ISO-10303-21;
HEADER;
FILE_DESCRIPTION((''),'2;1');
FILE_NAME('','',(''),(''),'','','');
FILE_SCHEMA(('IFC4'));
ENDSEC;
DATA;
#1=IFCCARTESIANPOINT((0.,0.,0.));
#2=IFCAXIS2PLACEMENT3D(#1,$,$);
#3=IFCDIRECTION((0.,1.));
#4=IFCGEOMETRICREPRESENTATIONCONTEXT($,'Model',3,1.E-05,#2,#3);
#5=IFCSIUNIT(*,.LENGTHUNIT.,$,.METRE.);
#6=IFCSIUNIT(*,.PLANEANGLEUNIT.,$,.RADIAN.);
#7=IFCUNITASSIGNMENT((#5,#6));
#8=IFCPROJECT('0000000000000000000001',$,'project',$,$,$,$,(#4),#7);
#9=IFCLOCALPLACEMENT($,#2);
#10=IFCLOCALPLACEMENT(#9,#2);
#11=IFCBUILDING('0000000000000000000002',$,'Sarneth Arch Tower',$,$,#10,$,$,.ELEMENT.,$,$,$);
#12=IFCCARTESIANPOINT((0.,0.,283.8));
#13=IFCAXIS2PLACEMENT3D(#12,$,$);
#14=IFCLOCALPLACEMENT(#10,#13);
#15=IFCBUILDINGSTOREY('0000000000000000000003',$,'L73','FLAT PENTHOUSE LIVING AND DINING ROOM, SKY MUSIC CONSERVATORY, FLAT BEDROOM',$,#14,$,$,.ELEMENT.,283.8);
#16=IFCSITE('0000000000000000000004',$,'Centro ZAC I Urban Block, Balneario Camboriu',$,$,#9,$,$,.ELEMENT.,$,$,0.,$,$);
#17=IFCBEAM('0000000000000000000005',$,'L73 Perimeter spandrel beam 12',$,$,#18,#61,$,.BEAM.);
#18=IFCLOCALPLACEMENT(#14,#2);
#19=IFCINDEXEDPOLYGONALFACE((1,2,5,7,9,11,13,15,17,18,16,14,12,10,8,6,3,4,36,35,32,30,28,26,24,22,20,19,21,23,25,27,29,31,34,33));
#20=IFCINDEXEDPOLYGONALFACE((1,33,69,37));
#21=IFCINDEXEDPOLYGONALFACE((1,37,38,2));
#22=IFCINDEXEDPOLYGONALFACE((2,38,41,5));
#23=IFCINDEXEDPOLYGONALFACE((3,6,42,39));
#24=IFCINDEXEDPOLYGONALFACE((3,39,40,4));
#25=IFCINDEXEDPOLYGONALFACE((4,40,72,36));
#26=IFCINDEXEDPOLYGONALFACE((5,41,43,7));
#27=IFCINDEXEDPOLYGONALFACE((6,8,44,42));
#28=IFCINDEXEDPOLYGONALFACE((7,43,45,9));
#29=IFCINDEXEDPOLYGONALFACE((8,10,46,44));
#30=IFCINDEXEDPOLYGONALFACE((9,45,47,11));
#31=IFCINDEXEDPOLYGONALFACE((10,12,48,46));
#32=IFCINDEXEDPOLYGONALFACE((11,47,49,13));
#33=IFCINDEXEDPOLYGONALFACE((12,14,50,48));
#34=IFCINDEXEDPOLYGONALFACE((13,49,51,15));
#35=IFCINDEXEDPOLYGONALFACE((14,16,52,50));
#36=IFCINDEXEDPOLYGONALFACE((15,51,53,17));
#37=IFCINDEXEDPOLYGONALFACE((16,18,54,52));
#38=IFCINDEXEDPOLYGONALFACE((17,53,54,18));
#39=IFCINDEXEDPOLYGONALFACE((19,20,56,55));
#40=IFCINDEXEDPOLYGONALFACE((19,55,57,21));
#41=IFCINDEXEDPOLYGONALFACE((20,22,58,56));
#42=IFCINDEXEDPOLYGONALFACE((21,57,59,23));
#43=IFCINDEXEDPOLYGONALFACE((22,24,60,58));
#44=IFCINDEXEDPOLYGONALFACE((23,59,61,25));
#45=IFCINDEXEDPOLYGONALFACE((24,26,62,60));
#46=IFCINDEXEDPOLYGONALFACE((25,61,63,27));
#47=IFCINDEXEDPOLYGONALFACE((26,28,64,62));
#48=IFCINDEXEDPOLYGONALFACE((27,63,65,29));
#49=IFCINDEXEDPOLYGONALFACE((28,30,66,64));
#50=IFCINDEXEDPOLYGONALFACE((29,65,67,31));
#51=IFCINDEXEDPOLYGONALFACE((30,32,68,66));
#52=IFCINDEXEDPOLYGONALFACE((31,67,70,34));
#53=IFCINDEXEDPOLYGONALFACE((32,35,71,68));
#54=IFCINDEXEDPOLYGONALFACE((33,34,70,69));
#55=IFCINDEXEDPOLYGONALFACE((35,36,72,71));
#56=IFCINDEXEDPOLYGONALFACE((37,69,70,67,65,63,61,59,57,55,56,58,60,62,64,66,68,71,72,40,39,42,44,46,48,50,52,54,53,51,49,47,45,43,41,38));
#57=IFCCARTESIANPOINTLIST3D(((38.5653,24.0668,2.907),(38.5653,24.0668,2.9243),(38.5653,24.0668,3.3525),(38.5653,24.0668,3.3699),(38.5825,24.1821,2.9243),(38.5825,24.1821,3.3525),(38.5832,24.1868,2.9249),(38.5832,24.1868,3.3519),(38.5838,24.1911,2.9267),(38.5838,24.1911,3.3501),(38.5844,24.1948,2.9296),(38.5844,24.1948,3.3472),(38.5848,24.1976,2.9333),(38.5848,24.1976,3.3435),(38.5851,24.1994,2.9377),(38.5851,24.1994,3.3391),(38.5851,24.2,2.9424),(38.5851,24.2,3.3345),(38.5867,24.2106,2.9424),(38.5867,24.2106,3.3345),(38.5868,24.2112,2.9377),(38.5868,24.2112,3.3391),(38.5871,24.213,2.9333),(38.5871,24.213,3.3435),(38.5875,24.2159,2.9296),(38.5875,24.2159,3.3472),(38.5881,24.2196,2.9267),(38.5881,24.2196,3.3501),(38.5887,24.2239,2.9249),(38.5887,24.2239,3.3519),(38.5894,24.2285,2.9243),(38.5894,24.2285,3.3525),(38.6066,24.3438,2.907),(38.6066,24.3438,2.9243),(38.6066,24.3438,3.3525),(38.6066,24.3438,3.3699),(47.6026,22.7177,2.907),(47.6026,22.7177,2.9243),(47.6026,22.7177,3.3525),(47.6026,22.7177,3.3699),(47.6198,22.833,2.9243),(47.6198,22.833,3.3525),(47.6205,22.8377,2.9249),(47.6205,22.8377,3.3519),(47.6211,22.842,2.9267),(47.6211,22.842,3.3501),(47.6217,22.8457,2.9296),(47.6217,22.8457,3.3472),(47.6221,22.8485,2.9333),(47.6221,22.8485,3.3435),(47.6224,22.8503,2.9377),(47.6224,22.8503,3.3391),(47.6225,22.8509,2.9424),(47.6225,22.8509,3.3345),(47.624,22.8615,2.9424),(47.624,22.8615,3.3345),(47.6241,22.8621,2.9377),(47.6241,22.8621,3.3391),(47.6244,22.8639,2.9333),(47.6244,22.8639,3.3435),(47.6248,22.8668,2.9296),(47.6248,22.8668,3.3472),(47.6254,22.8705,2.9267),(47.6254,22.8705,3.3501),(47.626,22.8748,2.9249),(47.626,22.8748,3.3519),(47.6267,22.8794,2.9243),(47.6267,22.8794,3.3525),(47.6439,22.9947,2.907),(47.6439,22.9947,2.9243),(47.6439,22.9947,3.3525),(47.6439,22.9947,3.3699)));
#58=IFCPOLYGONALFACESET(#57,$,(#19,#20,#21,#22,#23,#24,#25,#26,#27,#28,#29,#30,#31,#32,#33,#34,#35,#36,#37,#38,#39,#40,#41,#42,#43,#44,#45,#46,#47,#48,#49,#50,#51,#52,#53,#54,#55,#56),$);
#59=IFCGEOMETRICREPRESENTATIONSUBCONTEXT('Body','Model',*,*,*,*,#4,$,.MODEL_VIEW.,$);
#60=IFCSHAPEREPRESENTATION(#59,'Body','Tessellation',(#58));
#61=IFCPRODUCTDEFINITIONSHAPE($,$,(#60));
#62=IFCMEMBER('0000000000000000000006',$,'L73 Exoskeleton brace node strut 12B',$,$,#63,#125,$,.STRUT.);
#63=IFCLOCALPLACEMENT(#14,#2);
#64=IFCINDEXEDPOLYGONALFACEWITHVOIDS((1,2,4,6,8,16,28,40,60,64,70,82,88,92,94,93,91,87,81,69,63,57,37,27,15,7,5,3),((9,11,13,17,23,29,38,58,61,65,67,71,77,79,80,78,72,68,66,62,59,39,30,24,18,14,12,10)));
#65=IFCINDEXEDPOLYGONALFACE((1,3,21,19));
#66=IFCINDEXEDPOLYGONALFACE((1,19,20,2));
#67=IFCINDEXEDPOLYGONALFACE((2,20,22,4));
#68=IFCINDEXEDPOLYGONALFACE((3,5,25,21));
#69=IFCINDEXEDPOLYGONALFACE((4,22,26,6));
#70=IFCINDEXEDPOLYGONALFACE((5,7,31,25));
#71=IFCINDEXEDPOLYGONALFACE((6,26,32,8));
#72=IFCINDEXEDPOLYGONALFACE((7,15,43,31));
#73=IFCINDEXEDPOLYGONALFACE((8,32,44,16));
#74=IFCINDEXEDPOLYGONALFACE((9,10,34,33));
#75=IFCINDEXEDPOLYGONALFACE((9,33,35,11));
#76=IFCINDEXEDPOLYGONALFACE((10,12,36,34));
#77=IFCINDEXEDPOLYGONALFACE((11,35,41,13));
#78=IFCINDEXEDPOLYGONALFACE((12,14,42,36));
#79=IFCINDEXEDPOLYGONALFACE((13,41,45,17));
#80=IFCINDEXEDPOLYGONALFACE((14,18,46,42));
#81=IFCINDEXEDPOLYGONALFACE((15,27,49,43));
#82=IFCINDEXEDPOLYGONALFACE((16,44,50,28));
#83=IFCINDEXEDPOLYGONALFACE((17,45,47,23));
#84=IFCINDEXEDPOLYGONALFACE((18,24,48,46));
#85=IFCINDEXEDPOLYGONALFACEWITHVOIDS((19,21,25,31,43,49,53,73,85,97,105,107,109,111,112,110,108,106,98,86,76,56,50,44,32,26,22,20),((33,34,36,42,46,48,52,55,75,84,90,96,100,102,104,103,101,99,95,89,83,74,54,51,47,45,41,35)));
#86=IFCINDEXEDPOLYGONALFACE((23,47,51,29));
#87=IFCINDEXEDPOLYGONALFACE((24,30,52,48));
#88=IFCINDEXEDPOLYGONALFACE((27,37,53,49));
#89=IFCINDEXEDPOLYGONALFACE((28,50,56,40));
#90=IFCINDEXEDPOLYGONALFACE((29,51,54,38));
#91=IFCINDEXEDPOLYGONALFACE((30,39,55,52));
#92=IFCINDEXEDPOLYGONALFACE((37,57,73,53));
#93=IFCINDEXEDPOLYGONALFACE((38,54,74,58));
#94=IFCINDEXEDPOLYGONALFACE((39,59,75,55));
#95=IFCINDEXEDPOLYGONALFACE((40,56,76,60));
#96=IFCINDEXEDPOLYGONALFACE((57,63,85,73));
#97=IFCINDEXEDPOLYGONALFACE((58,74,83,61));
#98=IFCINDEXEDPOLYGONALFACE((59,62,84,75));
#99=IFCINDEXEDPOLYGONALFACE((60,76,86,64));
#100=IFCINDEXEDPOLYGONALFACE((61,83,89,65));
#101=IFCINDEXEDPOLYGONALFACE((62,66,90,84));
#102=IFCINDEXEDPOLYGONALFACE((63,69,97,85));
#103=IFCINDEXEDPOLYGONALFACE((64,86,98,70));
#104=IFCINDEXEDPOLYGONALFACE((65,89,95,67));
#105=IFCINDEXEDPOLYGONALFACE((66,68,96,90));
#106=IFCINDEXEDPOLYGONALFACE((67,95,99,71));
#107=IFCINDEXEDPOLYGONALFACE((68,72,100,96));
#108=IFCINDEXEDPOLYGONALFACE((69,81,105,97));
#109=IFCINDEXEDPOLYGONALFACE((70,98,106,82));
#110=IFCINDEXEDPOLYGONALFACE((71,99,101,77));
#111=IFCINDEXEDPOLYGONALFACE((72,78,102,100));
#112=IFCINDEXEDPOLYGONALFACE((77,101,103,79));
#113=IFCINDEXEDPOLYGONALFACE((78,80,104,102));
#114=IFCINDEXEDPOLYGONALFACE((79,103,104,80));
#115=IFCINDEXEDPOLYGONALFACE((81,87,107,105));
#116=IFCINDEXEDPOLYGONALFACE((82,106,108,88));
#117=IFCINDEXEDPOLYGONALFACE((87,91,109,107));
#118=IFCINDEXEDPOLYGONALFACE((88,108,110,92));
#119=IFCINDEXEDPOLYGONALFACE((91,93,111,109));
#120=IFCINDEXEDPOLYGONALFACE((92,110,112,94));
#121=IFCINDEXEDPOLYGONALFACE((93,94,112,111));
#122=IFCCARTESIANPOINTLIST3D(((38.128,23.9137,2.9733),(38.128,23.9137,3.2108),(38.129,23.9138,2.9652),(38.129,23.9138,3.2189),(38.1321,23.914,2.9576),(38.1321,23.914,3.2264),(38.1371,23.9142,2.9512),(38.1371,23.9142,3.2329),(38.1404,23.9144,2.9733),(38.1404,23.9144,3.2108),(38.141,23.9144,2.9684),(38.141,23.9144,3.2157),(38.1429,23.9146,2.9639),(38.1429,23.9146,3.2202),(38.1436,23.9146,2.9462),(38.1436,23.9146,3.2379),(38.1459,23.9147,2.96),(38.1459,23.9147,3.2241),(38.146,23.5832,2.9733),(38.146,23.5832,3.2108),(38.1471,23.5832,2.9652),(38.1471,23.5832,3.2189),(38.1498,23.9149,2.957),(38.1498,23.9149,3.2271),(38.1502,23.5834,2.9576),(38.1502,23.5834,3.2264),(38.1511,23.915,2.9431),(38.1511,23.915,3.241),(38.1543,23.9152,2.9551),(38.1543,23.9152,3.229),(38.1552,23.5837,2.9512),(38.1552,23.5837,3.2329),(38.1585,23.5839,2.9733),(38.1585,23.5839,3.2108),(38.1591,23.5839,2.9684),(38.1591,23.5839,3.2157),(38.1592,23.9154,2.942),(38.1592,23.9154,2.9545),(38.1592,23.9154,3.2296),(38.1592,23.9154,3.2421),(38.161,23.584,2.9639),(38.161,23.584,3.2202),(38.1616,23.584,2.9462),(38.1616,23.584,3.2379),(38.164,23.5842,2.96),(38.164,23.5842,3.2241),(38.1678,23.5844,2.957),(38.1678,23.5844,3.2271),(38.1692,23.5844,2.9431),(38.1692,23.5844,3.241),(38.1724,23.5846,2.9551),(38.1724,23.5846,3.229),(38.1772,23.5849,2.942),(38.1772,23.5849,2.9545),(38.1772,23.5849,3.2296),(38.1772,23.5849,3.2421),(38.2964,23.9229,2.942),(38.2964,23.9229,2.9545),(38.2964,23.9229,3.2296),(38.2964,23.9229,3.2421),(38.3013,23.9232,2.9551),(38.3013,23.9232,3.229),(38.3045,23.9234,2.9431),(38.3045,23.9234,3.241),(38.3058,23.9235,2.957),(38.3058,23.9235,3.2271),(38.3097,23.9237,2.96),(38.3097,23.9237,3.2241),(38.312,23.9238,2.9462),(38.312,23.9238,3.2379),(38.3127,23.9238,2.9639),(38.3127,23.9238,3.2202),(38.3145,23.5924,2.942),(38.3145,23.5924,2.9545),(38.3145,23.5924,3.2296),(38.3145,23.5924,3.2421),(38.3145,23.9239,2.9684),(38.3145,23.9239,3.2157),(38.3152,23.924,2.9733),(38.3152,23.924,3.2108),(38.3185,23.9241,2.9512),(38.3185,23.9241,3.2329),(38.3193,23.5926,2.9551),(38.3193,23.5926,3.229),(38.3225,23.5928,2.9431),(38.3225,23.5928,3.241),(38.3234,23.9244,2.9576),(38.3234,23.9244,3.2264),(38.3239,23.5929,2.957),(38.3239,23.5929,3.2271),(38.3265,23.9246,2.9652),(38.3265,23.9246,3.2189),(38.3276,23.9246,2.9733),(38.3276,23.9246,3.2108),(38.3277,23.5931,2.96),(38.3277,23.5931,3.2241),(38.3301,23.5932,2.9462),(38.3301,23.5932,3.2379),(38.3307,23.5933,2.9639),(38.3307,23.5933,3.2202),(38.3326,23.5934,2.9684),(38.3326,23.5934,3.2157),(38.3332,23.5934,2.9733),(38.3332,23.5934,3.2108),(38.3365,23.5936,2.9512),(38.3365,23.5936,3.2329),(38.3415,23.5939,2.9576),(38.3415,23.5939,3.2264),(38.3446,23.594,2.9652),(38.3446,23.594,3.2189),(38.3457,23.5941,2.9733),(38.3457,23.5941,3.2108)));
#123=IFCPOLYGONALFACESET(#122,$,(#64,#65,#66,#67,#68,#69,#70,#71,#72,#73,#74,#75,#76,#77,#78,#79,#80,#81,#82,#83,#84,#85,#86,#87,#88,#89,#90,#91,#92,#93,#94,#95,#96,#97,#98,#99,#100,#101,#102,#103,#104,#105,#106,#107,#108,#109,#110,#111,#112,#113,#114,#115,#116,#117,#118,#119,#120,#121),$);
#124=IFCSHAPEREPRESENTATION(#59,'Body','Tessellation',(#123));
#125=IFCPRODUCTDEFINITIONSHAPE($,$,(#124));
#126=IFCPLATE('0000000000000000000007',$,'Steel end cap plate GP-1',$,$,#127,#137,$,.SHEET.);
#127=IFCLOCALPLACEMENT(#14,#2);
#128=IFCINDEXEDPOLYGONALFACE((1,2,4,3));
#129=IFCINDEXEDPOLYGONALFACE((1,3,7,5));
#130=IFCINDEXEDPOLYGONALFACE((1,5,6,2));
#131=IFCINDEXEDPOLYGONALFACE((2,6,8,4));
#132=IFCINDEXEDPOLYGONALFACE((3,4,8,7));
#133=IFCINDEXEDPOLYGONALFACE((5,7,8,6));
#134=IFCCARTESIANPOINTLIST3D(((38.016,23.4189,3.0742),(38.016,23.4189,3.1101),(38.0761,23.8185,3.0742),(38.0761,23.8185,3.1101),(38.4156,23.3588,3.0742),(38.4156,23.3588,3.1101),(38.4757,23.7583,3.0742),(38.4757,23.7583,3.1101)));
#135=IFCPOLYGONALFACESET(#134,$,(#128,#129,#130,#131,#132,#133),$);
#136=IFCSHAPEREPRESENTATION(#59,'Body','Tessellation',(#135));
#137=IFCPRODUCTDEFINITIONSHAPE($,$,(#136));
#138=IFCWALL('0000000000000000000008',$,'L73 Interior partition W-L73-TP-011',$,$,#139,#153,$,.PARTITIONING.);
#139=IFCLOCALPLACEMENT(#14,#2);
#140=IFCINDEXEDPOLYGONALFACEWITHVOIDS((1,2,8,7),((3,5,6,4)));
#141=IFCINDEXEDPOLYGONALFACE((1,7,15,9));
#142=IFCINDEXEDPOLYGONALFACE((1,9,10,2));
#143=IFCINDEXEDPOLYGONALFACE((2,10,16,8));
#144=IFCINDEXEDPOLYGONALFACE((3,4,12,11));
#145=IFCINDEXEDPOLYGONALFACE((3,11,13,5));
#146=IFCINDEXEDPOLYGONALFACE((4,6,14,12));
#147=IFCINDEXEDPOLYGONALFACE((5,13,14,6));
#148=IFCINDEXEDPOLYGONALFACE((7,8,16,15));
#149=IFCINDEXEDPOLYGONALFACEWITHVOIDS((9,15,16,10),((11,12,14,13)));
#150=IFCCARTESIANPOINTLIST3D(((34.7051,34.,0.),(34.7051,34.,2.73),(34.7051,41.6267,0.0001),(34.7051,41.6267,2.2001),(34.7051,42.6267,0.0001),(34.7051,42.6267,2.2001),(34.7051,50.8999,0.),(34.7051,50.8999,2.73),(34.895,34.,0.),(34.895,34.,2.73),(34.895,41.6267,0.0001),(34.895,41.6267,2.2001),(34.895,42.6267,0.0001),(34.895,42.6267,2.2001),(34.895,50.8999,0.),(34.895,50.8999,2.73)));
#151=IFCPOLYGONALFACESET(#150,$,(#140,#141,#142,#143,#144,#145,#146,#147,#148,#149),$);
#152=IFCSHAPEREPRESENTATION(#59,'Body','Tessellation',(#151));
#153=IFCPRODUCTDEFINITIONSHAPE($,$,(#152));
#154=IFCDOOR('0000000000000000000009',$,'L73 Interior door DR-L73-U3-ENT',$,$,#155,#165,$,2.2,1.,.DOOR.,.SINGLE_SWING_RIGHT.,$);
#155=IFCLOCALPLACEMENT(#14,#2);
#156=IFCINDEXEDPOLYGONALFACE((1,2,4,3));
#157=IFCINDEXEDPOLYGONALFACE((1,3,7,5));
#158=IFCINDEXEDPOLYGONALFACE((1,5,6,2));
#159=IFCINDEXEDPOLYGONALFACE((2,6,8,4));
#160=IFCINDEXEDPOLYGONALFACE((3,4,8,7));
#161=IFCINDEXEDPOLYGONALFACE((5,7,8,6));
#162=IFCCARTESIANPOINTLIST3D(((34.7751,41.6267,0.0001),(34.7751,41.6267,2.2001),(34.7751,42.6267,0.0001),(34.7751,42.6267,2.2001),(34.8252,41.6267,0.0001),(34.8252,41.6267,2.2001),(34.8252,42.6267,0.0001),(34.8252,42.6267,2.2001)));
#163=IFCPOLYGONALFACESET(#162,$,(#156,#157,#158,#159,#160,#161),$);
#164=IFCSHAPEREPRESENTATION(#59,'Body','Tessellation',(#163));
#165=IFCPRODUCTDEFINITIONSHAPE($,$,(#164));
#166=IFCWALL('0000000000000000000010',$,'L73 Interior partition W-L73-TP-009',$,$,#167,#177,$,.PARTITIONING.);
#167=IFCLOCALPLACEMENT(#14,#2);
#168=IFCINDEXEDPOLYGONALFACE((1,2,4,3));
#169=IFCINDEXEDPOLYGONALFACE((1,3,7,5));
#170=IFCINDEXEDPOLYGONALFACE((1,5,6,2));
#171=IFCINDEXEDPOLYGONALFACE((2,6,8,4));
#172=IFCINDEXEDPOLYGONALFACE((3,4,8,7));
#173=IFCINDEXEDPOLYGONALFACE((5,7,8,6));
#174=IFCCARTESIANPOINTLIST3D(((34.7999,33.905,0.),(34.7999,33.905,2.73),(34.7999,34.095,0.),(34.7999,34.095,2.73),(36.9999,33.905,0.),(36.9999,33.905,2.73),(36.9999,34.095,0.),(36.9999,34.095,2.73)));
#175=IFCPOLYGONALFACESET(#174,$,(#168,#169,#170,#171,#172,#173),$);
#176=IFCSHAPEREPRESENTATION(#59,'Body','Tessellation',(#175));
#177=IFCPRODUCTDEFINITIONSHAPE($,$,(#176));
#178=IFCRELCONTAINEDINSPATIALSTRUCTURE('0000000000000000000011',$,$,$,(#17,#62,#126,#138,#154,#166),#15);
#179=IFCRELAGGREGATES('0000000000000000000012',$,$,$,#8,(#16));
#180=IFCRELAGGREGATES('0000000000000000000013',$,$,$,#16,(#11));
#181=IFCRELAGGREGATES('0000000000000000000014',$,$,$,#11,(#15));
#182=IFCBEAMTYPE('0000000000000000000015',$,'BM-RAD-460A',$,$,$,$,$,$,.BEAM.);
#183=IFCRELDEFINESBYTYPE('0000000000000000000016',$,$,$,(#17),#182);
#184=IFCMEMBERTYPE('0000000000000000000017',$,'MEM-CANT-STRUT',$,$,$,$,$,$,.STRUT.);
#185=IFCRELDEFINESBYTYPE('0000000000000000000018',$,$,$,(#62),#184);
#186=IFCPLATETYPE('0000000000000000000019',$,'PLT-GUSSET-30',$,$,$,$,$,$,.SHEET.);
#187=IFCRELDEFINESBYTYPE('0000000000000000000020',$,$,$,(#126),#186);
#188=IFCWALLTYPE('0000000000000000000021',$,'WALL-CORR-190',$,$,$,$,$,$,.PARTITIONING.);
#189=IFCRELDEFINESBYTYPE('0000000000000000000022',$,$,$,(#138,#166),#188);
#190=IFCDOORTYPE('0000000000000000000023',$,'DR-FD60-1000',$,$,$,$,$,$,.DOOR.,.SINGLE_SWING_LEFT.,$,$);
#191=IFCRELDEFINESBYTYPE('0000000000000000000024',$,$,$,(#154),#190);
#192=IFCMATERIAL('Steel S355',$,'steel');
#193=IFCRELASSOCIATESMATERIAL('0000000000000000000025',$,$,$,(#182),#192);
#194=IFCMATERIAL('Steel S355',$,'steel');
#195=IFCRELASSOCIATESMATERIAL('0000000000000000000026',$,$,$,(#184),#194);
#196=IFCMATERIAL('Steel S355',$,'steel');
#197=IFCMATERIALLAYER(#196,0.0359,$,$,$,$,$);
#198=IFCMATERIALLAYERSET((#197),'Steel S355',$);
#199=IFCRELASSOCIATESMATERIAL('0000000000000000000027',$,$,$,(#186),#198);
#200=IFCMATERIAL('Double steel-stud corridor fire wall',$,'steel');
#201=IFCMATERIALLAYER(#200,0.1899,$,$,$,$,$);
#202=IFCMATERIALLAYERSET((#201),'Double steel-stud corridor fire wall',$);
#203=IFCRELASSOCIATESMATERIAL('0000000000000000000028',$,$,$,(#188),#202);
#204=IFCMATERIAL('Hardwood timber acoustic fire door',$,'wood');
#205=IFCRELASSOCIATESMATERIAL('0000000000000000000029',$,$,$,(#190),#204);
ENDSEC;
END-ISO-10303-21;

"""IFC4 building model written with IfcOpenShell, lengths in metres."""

from ifc_helpers import new_model, si_unit, direction, frame, frame_2d, origin, origin_2d, place, context, subcontext, project, spatial, rectangle, hollow_rectangle, i_section, extrude, material, layer, layer_set, material_profile, profile_set, type_object, element, fill, save


model = new_model("IFC4")

# Units and contexts
model_context = context("Model", 3, precision=1e-05, world=origin(), true_north=direction((0.0, 1.0)))
body_context = subcontext(model_context, "Body", "Model", "MODEL_VIEW")
ifc_project = project(units=[si_unit("LENGTHUNIT", "METRE"), si_unit("PLANEANGLEUNIT", "RADIAN")], contexts=[model_context])

# Site, building, storey
site_placement = place(None, origin())
site = spatial("IfcSite", under=ifc_project, at=site_placement, Name="Centro ZAC I Urban Block, Balneario Camboriu", CompositionType="ELEMENT", RefElevation=0.0)
building_placement = place(site_placement, origin())
building = spatial("IfcBuilding", under=site, at=building_placement, Name="Sarneth Arch Tower", CompositionType="ELEMENT")
storey_placement = place(building_placement, frame((0.0, 0.0, 283.8)))
storey = spatial("IfcBuildingStorey", under=building, at=storey_placement, Name="L73", Description="FLAT PENTHOUSE LIVING AND DINING ROOM, SKY MUSIC CONSERVATORY, FLAT BEDROOM", CompositionType="ELEMENT", Elevation=283.8)

# Beam
ifc_material_1 = material(Name="Steel S355", Category="steel")
ifc_material_profile_1 = material_profile(ifc_material_1, i_section(OverallWidth=0.28, OverallDepth=0.4629, WebThickness=0.0107, FlangeThickness=0.0173, FilletRadius=0.0181, at=origin_2d()), Name="W460x113")
ifc_profile_set_1 = profile_set([ifc_material_profile_1], Name="Steel S355")
beam_type_1 = type_object("IfcBeamType", Name="BM-RAD-460A", PredefinedType="BEAM", material=ifc_profile_set_1)
beam_1_placement = place(storey_placement, frame((38.5859, 24.2053, 3.1384), z_axis=(0.98904, -0.147647, 0.0), x_axis=(0.147647, 0.98904, 0.0)))
element("IfcBeam", 1, at=beam_1_placement, inside=storey, type_object=beam_type_1, Name="L73 Perimeter spandrel beam 12", PredefinedType="BEAM", context=body_context, shape_type="SweptSolid", body=[
    extrude(i_section(OverallWidth=0.28, OverallDepth=0.4629, WebThickness=0.0107, FlangeThickness=0.0173, FilletRadius=0.0181, at=origin_2d()), origin(), (0.0, 0.0, 1.0), 9.1375),
])

# Member
ifc_material_2 = material(Name="Steel S355", Category="steel")
ifc_material_profile_2 = material_profile(ifc_material_2, hollow_rectangle(XDim=0.2, YDim=0.3, WallThickness=0.0125, InnerFilletRadius=0.0188, OuterFilletRadius=0.0312, at=origin_2d()), Name="RHS300x200x12.5")
ifc_profile_set_2 = profile_set([ifc_material_profile_2], Name="Steel S355")
member_type = type_object("IfcMemberType", Name="MEM-CANT-STRUT", PredefinedType="STRUT", material=ifc_profile_set_2)
member_placement = place(storey_placement, frame((38.2278, 23.9192, 3.092), z_axis=(0.054571, -0.99851, 0.0), x_axis=(0.99851, 0.054571, 0.0)))
element("IfcMember", 2, at=member_placement, inside=storey, type_object=member_type, Name="L73 Exoskeleton brace node strut 12B", PredefinedType="STRUT", context=body_context, shape_type="SweptSolid", body=[
    extrude(hollow_rectangle(XDim=0.2, YDim=0.3, WallThickness=0.0125, InnerFilletRadius=0.0188, OuterFilletRadius=0.0312, at=origin_2d()), origin(), (0.0, 0.0, 1.0), 0.3311),
])

# Plate
ifc_material_3 = material(Name="Steel S355", Category="steel")
ifc_layer_1 = layer(ifc_material_3, 0.0359)
ifc_layer_set_1 = layer_set([ifc_layer_1], Name="Steel S355")
plate_type = type_object("IfcPlateType", Name="PLT-GUSSET-30", PredefinedType="SHEET", material=ifc_layer_set_1)
plate_placement = place(storey_placement, frame((38.2458, 23.5886, 3.0742), z_axis=(0.0, 0.0, 1.0), x_axis=(0.988861, -0.148845, 0.0)))
element("IfcPlate", 3, at=plate_placement, inside=storey, type_object=plate_type, Name="Steel end cap plate GP-1", PredefinedType="SHEET", context=body_context, shape_type="SweptSolid", body=[
    extrude(rectangle(XDim=0.4041, YDim=0.4041, at=origin_2d()), origin(), (0.0, 0.0, 1.0), 0.0359),
])

# Wall, opening, door
ifc_material_4 = material(Name="Double steel-stud corridor fire wall", Category="steel")
ifc_layer_2 = layer(ifc_material_4, 0.1899)
ifc_layer_set_2 = layer_set([ifc_layer_2], Name="Double steel-stud corridor fire wall")
wall_type_1 = type_object("IfcWallType", Name="WALL-CORR-190", PredefinedType="PARTITIONING", material=ifc_layer_set_2)
wall_1_placement = place(storey_placement, frame((34.8, 34.0, 0.0), z_axis=(0.0, 0.0, 1.0), x_axis=(0.0, 1.0, 0.0)))
wall_1 = element("IfcWall", 4, at=wall_1_placement, inside=storey, type_object=wall_type_1, Name="L73 Interior partition W-L73-TP-011", PredefinedType="PARTITIONING", context=body_context, shape_type="SweptSolid", body=[
    extrude(rectangle(XDim=16.8999, YDim=0.1899, at=frame_2d((8.45, 0.0))), origin(), (0.0, 0.0, 1.0), 2.73),
])
opening_1_placement = place(wall_1_placement, frame((7.6267, 0.0, 0.0)))
opening_1 = element("IfcOpeningElement", 5, at=opening_1_placement, cuts=wall_1, PredefinedType="OPENING", context=body_context, shape_type="SweptSolid", body=[
    extrude(rectangle(XDim=1.0, YDim=2.2, at=frame_2d((0.5, 1.1001))), frame((0.0, 0.105, 0.0), z_axis=(0.0, -1.0, 0.0), x_axis=(1.0, 0.0, 0.0)), (0.0, 0.0, 1.0), 0.21),
])
ifc_material_5 = material(Name="Hardwood timber acoustic fire door", Category="wood")
door_type_1 = type_object("IfcDoorType", Name="DR-FD60-1000", OperationType="SINGLE_SWING_LEFT", PredefinedType="DOOR", material=ifc_material_5)
door_1_placement = place(opening_1_placement, origin())
door_1 = element("IfcDoor", 6, at=door_1_placement, inside=storey, type_object=door_type_1, Name="L73 Interior door DR-L73-U3-ENT", OperationType="SINGLE_SWING_RIGHT", OverallHeight=2.2, OverallWidth=1.0, PredefinedType="DOOR", context=body_context, shape_type="SweptSolid", body=[
    extrude(rectangle(XDim=1.0, YDim=2.2, at=frame_2d((0.5, 1.1001))), frame((0.0, 0.0249, 0.0), z_axis=(0.0, -1.0, 0.0), x_axis=(1.0, 0.0, 0.0)), (0.0, 0.0, 1.0), 0.05),
])
fill(opening_1, door_1)

# Wall
wall_2_placement = place(storey_placement, frame((37.0, 34.0, 0.0), z_axis=(0.0, 0.0, 1.0), x_axis=(-1.0, 0.0, 0.0)))
element("IfcWall", 7, at=wall_2_placement, inside=storey, type_object=wall_type_1, Name="L73 Interior partition W-L73-TP-009", PredefinedType="PARTITIONING", context=body_context, shape_type="SweptSolid", body=[
    extrude(rectangle(XDim=2.2, YDim=0.1899, at=frame_2d((1.1001, 0.0))), origin(), (0.0, 0.0, 1.0), 2.73),
])

save(model, "model.ifc")
